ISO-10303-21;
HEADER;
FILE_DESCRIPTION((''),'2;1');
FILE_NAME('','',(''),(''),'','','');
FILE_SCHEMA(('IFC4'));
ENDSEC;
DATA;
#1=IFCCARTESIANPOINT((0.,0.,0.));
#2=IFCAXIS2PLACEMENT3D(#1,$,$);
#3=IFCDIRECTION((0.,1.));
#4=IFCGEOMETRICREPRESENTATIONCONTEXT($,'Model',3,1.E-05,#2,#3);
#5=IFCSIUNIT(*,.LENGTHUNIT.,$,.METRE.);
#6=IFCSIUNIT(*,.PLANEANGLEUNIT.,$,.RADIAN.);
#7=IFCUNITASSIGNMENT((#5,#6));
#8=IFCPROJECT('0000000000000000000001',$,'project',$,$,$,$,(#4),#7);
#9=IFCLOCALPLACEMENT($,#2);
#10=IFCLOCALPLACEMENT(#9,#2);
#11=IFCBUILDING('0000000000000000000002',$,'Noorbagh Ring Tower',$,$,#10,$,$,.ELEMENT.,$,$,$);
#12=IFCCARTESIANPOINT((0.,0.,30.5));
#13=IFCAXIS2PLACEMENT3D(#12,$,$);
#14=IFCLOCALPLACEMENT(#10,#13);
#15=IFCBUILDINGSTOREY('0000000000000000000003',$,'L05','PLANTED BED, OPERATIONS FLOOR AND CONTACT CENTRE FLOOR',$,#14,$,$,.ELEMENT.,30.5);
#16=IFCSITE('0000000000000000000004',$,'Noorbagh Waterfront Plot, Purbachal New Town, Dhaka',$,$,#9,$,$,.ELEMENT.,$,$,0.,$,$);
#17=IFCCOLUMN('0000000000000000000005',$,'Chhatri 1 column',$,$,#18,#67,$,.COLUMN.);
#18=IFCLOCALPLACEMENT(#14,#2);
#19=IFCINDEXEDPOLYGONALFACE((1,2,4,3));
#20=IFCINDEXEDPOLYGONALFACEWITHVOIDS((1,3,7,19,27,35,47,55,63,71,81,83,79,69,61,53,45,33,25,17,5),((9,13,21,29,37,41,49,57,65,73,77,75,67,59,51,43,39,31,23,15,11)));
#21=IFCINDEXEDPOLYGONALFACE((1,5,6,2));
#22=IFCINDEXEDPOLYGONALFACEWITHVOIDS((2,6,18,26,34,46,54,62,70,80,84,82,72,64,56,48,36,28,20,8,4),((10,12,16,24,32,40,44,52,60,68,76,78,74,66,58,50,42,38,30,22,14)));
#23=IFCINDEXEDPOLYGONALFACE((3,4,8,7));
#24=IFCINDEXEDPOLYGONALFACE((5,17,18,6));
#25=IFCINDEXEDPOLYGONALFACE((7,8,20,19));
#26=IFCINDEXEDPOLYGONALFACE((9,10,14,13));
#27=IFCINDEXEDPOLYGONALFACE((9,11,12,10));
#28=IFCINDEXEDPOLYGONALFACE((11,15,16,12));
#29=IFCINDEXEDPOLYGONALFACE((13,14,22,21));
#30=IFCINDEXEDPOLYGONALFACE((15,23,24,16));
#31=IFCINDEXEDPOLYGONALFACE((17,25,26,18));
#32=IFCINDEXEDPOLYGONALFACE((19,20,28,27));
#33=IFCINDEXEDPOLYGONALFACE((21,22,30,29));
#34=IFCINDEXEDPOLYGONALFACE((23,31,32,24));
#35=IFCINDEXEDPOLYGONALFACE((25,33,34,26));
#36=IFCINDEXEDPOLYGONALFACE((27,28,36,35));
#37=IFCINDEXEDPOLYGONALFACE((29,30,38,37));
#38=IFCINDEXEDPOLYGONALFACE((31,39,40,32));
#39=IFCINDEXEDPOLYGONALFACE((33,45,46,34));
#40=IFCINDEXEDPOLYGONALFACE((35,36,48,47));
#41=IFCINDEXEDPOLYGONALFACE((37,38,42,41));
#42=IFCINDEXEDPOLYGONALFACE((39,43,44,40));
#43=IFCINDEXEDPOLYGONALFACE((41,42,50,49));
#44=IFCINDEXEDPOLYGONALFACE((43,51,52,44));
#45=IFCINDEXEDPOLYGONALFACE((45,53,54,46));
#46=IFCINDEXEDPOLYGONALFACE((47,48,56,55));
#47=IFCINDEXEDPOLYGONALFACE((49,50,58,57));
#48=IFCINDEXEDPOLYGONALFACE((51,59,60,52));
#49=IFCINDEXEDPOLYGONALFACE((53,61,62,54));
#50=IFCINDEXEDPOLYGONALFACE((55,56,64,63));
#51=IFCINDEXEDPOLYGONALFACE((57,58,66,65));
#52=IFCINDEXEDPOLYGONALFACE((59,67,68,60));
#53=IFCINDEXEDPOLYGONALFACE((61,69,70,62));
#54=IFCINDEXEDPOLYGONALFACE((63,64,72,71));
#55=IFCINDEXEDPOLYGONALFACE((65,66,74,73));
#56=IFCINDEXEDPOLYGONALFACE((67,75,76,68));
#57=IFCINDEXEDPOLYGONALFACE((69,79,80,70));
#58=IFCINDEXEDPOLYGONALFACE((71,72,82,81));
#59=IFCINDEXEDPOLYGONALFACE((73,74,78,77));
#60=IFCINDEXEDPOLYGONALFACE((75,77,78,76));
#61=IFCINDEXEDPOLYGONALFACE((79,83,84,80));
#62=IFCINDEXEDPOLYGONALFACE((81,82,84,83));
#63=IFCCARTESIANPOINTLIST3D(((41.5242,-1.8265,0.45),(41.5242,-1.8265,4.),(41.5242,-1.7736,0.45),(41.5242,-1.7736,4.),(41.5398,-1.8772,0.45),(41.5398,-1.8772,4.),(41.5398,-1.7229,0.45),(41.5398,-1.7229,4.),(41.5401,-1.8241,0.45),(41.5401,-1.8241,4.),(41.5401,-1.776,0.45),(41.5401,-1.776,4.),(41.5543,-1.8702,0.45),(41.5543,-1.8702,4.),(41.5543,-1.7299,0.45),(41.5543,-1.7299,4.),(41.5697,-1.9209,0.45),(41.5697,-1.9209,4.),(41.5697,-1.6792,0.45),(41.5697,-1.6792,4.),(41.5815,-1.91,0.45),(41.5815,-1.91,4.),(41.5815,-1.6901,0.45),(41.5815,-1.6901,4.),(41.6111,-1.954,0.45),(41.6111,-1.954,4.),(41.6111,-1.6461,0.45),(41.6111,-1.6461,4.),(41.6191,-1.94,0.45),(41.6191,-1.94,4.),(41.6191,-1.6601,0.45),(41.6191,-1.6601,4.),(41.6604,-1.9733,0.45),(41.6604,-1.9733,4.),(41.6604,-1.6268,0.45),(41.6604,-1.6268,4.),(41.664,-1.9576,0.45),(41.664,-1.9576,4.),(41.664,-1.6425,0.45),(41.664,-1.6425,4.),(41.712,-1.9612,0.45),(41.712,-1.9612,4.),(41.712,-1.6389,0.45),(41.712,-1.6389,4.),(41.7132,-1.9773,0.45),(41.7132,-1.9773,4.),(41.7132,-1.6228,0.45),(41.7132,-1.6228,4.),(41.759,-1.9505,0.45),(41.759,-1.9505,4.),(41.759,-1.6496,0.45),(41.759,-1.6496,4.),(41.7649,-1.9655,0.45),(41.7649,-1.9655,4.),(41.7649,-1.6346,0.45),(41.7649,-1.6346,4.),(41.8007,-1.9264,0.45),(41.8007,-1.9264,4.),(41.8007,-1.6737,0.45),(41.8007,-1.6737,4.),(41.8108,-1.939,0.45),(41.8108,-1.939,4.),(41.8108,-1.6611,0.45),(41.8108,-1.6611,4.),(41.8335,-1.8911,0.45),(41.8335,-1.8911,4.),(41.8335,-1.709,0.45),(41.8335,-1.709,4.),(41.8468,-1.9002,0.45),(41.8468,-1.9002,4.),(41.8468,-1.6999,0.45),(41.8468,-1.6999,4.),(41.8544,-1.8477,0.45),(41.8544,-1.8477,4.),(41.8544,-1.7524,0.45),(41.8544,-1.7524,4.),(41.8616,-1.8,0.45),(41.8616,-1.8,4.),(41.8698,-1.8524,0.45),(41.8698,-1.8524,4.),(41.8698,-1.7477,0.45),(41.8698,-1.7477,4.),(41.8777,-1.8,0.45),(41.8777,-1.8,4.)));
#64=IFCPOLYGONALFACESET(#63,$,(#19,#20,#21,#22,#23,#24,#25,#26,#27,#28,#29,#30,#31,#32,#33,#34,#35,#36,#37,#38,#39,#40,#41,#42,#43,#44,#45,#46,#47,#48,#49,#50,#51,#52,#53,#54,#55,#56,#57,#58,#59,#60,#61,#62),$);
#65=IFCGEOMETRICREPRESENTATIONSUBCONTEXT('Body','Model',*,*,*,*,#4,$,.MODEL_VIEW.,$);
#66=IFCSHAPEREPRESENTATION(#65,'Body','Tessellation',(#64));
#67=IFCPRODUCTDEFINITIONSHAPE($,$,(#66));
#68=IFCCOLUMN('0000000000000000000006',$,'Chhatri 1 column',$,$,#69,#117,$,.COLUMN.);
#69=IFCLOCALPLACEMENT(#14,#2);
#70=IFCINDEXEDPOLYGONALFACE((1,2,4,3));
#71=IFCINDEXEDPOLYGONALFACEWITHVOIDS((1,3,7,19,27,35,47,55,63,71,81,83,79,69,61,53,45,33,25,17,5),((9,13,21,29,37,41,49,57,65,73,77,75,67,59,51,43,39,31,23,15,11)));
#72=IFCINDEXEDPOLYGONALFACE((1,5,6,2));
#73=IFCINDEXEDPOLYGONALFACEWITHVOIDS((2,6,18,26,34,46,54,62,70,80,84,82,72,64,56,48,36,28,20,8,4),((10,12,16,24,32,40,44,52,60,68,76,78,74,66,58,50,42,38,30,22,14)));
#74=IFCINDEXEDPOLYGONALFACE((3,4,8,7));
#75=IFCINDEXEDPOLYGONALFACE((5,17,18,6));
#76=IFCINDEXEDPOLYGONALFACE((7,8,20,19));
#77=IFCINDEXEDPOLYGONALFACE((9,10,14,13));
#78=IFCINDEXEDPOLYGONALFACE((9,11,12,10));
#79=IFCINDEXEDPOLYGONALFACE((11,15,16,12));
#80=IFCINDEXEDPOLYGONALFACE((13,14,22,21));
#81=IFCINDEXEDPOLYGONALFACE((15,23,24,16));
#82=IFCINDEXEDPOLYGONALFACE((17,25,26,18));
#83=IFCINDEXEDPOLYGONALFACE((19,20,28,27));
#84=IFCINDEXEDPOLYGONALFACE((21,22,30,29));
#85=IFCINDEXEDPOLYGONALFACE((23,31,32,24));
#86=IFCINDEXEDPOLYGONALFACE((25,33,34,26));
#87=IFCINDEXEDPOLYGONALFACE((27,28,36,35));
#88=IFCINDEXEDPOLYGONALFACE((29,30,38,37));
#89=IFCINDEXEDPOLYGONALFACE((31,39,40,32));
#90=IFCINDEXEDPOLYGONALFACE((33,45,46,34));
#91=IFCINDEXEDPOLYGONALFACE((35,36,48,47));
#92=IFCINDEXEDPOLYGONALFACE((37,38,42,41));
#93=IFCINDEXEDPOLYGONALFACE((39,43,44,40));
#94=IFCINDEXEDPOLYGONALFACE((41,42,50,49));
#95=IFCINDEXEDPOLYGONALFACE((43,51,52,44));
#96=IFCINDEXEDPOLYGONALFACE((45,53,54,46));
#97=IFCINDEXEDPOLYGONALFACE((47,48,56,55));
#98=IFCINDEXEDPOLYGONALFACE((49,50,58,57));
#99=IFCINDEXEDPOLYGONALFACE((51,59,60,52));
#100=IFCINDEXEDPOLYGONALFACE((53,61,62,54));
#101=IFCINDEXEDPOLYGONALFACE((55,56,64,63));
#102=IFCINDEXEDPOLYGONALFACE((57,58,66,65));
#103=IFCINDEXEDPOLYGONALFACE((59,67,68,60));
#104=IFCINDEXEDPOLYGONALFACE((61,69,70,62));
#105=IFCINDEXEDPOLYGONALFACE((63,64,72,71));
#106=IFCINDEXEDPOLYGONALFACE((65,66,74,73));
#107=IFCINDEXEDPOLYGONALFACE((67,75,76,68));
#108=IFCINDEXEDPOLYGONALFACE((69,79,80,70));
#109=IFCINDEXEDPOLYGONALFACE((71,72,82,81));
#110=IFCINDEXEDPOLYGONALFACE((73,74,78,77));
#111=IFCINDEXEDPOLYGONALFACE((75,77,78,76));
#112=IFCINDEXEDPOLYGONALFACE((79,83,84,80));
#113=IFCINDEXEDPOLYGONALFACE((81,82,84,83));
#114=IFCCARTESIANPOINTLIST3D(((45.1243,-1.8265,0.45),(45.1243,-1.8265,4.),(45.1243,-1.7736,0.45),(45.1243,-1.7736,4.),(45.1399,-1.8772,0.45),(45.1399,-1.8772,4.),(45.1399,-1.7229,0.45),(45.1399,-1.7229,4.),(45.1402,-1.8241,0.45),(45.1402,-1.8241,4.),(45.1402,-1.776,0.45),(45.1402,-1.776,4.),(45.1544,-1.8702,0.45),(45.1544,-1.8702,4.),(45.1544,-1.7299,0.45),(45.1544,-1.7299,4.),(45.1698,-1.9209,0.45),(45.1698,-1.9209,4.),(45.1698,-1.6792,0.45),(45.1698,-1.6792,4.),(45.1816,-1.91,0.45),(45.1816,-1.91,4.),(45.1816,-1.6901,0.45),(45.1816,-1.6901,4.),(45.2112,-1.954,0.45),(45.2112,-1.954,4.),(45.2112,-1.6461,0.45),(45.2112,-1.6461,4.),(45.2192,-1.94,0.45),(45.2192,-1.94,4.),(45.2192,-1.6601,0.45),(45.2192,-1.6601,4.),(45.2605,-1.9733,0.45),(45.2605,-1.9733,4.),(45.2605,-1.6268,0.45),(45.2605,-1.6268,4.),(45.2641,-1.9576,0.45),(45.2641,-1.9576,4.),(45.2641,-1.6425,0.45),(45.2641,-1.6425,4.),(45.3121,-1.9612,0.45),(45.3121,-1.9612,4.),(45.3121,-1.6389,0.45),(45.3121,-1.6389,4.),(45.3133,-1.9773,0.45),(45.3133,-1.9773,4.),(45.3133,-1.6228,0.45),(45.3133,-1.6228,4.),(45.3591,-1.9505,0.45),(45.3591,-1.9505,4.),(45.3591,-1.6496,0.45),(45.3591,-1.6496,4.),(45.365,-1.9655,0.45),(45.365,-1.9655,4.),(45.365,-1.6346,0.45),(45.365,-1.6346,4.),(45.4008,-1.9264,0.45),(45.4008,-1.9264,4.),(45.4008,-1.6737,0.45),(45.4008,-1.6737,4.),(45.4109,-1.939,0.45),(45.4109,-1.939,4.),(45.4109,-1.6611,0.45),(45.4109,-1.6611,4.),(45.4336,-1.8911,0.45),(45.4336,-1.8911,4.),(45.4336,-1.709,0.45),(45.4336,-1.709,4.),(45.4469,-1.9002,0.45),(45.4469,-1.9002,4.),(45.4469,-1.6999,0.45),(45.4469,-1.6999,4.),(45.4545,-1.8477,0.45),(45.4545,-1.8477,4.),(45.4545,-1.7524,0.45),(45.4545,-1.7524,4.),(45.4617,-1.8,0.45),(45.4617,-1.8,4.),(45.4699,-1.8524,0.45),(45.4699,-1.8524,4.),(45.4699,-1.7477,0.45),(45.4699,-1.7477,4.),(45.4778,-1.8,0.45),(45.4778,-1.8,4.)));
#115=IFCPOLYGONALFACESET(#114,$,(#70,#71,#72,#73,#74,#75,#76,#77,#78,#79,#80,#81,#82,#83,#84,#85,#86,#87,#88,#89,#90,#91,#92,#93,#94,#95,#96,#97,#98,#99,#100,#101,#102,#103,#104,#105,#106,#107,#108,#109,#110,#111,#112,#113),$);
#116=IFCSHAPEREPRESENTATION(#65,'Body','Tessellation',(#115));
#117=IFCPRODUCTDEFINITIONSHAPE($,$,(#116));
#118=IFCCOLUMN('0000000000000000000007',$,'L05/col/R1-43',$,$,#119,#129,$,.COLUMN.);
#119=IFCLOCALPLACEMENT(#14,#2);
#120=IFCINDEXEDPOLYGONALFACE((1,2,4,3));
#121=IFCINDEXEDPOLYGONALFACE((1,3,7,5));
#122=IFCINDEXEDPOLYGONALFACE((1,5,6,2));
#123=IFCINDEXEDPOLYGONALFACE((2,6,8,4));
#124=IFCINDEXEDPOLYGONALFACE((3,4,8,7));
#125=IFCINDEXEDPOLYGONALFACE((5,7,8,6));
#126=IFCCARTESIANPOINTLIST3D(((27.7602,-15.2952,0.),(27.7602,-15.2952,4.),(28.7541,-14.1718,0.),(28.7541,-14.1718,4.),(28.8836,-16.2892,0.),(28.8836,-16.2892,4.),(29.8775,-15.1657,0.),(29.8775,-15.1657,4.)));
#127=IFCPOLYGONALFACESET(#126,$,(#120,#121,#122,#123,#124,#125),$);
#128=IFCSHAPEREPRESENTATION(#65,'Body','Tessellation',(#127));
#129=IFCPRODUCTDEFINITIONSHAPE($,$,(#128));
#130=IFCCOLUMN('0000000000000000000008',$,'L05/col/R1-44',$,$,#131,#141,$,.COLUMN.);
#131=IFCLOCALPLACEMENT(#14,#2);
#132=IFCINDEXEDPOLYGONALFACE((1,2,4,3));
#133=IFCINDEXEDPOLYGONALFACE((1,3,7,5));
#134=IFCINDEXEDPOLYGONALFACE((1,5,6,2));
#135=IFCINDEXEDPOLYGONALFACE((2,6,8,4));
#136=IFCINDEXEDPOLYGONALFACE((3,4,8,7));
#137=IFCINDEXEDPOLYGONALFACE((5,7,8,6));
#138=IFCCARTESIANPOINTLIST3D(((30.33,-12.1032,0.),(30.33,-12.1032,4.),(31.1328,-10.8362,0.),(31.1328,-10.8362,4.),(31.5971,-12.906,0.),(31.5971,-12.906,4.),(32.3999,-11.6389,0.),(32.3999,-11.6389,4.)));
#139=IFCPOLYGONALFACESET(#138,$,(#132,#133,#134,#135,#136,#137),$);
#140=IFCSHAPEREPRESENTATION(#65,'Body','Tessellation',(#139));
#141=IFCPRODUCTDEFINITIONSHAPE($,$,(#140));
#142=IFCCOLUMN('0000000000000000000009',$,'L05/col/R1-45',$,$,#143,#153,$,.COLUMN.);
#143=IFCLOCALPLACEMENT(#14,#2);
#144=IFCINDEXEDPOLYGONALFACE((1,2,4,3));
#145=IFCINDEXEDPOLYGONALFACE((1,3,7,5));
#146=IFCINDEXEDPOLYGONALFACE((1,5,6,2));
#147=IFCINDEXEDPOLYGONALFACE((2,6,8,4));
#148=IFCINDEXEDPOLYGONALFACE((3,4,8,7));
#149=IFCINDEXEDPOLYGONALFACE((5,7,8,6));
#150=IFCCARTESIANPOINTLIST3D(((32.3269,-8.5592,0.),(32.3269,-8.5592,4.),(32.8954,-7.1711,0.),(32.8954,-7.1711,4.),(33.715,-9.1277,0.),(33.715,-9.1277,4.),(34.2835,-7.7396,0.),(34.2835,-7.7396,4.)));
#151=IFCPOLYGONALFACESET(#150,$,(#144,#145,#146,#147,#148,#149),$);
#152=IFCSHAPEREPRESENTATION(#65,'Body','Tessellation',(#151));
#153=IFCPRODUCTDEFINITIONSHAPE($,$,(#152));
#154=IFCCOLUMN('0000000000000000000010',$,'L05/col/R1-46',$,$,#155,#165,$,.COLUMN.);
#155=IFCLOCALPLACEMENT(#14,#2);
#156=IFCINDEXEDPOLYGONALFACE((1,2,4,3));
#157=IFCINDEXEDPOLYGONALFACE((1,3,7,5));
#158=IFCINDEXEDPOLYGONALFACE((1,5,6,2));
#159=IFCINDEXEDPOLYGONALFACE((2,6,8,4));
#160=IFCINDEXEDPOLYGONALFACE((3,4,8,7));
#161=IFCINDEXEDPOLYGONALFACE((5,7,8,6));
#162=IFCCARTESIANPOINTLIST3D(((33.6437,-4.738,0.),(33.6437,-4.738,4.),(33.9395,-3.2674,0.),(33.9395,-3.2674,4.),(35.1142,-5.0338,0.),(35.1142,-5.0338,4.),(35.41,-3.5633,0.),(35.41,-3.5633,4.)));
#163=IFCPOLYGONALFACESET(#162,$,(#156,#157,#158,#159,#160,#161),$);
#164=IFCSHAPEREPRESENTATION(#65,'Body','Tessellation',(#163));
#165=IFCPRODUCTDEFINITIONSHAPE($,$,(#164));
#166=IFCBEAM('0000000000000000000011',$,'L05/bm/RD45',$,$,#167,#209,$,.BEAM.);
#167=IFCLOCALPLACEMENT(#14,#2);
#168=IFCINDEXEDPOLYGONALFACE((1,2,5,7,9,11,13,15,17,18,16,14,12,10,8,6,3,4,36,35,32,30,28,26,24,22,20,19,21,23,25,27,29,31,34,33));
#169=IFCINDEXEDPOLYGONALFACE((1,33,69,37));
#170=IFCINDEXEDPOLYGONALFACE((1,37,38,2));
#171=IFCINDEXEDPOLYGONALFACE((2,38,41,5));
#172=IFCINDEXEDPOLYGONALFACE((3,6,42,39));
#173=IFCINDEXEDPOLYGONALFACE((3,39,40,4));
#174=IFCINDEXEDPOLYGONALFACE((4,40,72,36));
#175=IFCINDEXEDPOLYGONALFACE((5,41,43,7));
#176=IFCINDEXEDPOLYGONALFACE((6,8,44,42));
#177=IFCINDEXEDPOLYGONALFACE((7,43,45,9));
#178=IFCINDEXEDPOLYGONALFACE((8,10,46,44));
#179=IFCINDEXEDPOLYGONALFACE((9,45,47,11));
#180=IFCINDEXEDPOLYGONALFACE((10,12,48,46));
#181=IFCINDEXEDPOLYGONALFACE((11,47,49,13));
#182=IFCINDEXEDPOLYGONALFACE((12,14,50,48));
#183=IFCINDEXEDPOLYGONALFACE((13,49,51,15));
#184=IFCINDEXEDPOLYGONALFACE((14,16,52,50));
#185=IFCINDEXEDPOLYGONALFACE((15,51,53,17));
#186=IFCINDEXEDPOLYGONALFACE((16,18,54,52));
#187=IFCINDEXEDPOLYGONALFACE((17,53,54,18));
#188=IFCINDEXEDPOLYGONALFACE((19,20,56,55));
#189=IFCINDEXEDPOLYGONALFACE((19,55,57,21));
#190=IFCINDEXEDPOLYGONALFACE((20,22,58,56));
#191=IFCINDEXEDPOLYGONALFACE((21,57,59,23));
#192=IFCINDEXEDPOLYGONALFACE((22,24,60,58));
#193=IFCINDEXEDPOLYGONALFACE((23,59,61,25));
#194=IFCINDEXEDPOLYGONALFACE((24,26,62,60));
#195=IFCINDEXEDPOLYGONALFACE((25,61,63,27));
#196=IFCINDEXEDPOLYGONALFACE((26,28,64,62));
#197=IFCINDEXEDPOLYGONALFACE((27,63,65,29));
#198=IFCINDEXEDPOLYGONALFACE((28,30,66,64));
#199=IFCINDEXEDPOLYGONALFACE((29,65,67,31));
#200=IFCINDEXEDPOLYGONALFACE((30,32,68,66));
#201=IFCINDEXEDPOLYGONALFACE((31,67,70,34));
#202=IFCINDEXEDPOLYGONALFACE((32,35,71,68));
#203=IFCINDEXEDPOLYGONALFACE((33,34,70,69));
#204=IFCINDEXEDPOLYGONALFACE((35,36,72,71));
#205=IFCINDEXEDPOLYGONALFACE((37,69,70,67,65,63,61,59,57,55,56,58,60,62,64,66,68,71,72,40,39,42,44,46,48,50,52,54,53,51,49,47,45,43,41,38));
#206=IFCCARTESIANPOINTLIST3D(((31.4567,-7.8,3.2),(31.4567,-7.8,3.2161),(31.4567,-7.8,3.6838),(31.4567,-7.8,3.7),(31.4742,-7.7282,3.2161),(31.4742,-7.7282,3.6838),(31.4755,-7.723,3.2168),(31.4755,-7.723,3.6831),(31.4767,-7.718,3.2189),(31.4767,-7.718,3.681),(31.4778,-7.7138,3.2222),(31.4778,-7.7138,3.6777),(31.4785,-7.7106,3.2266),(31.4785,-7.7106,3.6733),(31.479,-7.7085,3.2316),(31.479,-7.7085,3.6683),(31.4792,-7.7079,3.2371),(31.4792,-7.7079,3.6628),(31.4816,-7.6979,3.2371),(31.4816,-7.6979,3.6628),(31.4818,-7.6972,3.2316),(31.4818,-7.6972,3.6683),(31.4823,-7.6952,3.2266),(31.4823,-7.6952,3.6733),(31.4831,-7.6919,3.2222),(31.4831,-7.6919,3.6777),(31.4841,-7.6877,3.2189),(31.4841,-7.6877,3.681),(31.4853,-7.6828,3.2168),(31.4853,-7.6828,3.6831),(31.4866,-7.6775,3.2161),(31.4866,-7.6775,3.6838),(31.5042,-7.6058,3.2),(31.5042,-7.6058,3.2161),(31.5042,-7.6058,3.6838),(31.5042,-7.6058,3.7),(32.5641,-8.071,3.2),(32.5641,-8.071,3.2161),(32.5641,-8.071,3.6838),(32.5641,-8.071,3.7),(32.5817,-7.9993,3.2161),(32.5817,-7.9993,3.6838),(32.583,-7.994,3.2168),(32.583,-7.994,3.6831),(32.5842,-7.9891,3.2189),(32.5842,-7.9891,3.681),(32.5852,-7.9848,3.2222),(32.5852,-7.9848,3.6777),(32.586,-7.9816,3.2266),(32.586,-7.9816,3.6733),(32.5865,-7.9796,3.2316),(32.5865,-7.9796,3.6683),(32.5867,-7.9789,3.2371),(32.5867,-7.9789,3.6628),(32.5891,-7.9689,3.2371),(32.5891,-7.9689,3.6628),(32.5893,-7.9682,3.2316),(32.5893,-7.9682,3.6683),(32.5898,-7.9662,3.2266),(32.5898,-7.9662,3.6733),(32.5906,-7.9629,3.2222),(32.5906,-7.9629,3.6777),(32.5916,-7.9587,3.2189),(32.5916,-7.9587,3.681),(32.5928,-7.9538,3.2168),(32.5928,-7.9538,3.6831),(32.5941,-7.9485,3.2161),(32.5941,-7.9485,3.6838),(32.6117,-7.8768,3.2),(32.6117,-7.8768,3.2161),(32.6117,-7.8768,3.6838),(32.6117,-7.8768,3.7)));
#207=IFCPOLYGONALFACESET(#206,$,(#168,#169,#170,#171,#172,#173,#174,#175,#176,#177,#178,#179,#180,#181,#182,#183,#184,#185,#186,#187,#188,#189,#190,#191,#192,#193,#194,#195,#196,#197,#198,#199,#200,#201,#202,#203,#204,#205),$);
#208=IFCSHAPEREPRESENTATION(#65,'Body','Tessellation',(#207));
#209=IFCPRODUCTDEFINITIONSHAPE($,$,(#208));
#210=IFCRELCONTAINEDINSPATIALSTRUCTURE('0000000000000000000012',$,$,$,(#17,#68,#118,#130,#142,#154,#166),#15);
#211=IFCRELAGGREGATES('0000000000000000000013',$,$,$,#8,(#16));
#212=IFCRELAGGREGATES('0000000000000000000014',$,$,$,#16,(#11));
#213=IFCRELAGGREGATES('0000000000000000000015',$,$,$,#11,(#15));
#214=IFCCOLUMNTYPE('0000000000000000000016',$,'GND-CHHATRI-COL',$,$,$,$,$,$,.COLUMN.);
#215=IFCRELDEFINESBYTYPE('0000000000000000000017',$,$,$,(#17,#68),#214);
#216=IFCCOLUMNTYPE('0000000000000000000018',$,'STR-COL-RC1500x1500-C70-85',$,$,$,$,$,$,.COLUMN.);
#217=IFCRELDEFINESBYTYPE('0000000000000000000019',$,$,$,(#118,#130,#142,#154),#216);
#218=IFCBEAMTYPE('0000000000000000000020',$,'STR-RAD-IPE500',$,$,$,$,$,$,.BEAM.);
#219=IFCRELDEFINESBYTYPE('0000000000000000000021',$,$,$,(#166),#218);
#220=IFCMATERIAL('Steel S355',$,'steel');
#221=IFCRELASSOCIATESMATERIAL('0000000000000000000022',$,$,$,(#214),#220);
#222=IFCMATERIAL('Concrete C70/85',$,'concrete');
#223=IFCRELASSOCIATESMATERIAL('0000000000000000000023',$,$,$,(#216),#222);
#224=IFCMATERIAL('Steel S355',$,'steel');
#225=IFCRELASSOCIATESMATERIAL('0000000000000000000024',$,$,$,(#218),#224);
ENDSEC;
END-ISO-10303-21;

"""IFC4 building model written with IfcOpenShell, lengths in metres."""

from ifc_helpers import new_model, si_unit, direction, frame, origin, origin_2d, place, context, subcontext, project, spatial, rectangle, hollow_circle, i_section, extrude, material, material_profile, profile_set, type_object, element, save


model = new_model("IFC4")

# Units and contexts
model_context = context("Model", 3, precision=1e-05, world=origin(), true_north=direction((0.0, 1.0)))
body_context = subcontext(model_context, "Body", "Model", "MODEL_VIEW")
ifc_project = project(units=[si_unit("LENGTHUNIT", "METRE"), si_unit("PLANEANGLEUNIT", "RADIAN")], contexts=[model_context])

# Site, building, storey
site_placement = place(None, origin())
site = spatial("IfcSite", under=ifc_project, at=site_placement, Name="Noorbagh Waterfront Plot, Purbachal New Town, Dhaka", CompositionType="ELEMENT", RefElevation=0.0)
building_placement = place(site_placement, origin())
building = spatial("IfcBuilding", under=site, at=building_placement, Name="Noorbagh Ring Tower", CompositionType="ELEMENT")
storey_placement = place(building_placement, frame((0.0, 0.0, 30.5)))
storey = spatial("IfcBuildingStorey", under=building, at=storey_placement, Name="L05", Description="PLANTED BED, OPERATIONS FLOOR AND CONTACT CENTRE FLOOR", CompositionType="ELEMENT", Elevation=30.5)

# Columns
ifc_material_1 = material(Name="Steel S355", Category="steel")
ifc_material_profile_1 = material_profile(ifc_material_1, hollow_circle(Radius=0.1777, WallThickness=0.0161, at=origin_2d()), Name="CHS355.6x16")
ifc_profile_set_1 = profile_set([ifc_material_profile_1], Name="Steel S355")
column_type_1 = type_object("IfcColumnType", Name="GND-CHHATRI-COL", PredefinedType="COLUMN", material=ifc_profile_set_1)
for number, where, z_axis, x_axis, name in (
    (1, (41.7, -1.8, 0.45), (0.0, 0.0, 1.0), (1.0, 0.0, 0.0), "Chhatri 1 column"),
    (2, (45.3, -1.8, 0.45), (0.0, 0.0, 1.0), (1.0, 0.0, 0.0), "Chhatri 1 column"),
):
    element("IfcColumn", number, at=place(storey_placement, frame(where, z_axis=z_axis, x_axis=x_axis)), inside=storey, type_object=column_type_1, Name=name, PredefinedType="COLUMN", context=body_context, shape_type="SweptSolid", body=[
        extrude(hollow_circle(Radius=0.1777, WallThickness=0.0161, at=origin_2d()), origin(), (0.0, 0.0, 1.0), 3.55),
    ])
ifc_material_2 = material(Name="Concrete C70/85", Category="concrete")
ifc_material_profile_2 = material_profile(ifc_material_2, rectangle(XDim=1.5, YDim=1.5, at=origin_2d()), Name="RC1500x1500")
ifc_profile_set_2 = profile_set([ifc_material_profile_2], Name="Concrete C70/85")
column_type_2 = type_object("IfcColumnType", Name="STR-COL-RC1500x1500-C70-85", PredefinedType="COLUMN", material=ifc_profile_set_2)
for number, where, z_axis, x_axis, name in (
    (3, (28.8188, -15.2305, 0.0), (0.0, 0.0, 1.0), (0.662636, 0.748942, 0.0), "L05/col/R1-43"),
    (4, (31.365, -11.8711, 0.0), (0.0, 0.0, 1.0), (0.53519, 0.844731, 0.0), "L05/col/R1-44"),
    (5, (33.3052, -8.1494, 0.0), (0.0, 0.0, 1.0), (0.378989, 0.925401, 0.0), "L05/col/R1-45"),
    (6, (34.5269, -4.1506, 0.0), (0.0, 0.0, 1.0), (0.19723, 0.980357, 0.0), "L05/col/R1-46"),
):
    element("IfcColumn", number, at=place(storey_placement, frame(where, z_axis=z_axis, x_axis=x_axis)), inside=storey, type_object=column_type_2, Name=name, PredefinedType="COLUMN", context=body_context, shape_type="SweptSolid", body=[
        extrude(rectangle(XDim=1.5, YDim=1.5, at=origin_2d()), origin(), (0.0, 0.0, 1.0), 4.0),
    ])

# Beam
ifc_material_3 = material(Name="Steel S355", Category="steel")
ifc_material_profile_3 = material_profile(ifc_material_3, i_section(OverallWidth=0.2, OverallDepth=0.5, WebThickness=0.0103, FlangeThickness=0.0161, FilletRadius=0.021, at=origin_2d()), Name="IPE500")
ifc_profile_set_3 = profile_set([ifc_material_profile_3], Name="Steel S355")
beam_type_1 = type_object("IfcBeamType", Name="STR-RAD-IPE500", PredefinedType="BEAM", material=ifc_profile_set_3)
beam_1_placement = place(storey_placement, frame((32.5879, -7.9739, 3.45), z_axis=(-0.97134, 0.237696, 0.0), x_axis=(-0.237696, -0.97134, 0.0)))
element("IfcBeam", 7, at=beam_1_placement, inside=storey, type_object=beam_type_1, Name="L05/bm/RD45", PredefinedType="BEAM", context=body_context, shape_type="SweptSolid", body=[
    extrude(i_section(OverallWidth=0.2, OverallDepth=0.5, WebThickness=0.0103, FlangeThickness=0.0161, FilletRadius=0.021, at=origin_2d()), origin(), (0.0, 0.0, 1.0), 1.1401),
])

save(model, "model.ifc")
